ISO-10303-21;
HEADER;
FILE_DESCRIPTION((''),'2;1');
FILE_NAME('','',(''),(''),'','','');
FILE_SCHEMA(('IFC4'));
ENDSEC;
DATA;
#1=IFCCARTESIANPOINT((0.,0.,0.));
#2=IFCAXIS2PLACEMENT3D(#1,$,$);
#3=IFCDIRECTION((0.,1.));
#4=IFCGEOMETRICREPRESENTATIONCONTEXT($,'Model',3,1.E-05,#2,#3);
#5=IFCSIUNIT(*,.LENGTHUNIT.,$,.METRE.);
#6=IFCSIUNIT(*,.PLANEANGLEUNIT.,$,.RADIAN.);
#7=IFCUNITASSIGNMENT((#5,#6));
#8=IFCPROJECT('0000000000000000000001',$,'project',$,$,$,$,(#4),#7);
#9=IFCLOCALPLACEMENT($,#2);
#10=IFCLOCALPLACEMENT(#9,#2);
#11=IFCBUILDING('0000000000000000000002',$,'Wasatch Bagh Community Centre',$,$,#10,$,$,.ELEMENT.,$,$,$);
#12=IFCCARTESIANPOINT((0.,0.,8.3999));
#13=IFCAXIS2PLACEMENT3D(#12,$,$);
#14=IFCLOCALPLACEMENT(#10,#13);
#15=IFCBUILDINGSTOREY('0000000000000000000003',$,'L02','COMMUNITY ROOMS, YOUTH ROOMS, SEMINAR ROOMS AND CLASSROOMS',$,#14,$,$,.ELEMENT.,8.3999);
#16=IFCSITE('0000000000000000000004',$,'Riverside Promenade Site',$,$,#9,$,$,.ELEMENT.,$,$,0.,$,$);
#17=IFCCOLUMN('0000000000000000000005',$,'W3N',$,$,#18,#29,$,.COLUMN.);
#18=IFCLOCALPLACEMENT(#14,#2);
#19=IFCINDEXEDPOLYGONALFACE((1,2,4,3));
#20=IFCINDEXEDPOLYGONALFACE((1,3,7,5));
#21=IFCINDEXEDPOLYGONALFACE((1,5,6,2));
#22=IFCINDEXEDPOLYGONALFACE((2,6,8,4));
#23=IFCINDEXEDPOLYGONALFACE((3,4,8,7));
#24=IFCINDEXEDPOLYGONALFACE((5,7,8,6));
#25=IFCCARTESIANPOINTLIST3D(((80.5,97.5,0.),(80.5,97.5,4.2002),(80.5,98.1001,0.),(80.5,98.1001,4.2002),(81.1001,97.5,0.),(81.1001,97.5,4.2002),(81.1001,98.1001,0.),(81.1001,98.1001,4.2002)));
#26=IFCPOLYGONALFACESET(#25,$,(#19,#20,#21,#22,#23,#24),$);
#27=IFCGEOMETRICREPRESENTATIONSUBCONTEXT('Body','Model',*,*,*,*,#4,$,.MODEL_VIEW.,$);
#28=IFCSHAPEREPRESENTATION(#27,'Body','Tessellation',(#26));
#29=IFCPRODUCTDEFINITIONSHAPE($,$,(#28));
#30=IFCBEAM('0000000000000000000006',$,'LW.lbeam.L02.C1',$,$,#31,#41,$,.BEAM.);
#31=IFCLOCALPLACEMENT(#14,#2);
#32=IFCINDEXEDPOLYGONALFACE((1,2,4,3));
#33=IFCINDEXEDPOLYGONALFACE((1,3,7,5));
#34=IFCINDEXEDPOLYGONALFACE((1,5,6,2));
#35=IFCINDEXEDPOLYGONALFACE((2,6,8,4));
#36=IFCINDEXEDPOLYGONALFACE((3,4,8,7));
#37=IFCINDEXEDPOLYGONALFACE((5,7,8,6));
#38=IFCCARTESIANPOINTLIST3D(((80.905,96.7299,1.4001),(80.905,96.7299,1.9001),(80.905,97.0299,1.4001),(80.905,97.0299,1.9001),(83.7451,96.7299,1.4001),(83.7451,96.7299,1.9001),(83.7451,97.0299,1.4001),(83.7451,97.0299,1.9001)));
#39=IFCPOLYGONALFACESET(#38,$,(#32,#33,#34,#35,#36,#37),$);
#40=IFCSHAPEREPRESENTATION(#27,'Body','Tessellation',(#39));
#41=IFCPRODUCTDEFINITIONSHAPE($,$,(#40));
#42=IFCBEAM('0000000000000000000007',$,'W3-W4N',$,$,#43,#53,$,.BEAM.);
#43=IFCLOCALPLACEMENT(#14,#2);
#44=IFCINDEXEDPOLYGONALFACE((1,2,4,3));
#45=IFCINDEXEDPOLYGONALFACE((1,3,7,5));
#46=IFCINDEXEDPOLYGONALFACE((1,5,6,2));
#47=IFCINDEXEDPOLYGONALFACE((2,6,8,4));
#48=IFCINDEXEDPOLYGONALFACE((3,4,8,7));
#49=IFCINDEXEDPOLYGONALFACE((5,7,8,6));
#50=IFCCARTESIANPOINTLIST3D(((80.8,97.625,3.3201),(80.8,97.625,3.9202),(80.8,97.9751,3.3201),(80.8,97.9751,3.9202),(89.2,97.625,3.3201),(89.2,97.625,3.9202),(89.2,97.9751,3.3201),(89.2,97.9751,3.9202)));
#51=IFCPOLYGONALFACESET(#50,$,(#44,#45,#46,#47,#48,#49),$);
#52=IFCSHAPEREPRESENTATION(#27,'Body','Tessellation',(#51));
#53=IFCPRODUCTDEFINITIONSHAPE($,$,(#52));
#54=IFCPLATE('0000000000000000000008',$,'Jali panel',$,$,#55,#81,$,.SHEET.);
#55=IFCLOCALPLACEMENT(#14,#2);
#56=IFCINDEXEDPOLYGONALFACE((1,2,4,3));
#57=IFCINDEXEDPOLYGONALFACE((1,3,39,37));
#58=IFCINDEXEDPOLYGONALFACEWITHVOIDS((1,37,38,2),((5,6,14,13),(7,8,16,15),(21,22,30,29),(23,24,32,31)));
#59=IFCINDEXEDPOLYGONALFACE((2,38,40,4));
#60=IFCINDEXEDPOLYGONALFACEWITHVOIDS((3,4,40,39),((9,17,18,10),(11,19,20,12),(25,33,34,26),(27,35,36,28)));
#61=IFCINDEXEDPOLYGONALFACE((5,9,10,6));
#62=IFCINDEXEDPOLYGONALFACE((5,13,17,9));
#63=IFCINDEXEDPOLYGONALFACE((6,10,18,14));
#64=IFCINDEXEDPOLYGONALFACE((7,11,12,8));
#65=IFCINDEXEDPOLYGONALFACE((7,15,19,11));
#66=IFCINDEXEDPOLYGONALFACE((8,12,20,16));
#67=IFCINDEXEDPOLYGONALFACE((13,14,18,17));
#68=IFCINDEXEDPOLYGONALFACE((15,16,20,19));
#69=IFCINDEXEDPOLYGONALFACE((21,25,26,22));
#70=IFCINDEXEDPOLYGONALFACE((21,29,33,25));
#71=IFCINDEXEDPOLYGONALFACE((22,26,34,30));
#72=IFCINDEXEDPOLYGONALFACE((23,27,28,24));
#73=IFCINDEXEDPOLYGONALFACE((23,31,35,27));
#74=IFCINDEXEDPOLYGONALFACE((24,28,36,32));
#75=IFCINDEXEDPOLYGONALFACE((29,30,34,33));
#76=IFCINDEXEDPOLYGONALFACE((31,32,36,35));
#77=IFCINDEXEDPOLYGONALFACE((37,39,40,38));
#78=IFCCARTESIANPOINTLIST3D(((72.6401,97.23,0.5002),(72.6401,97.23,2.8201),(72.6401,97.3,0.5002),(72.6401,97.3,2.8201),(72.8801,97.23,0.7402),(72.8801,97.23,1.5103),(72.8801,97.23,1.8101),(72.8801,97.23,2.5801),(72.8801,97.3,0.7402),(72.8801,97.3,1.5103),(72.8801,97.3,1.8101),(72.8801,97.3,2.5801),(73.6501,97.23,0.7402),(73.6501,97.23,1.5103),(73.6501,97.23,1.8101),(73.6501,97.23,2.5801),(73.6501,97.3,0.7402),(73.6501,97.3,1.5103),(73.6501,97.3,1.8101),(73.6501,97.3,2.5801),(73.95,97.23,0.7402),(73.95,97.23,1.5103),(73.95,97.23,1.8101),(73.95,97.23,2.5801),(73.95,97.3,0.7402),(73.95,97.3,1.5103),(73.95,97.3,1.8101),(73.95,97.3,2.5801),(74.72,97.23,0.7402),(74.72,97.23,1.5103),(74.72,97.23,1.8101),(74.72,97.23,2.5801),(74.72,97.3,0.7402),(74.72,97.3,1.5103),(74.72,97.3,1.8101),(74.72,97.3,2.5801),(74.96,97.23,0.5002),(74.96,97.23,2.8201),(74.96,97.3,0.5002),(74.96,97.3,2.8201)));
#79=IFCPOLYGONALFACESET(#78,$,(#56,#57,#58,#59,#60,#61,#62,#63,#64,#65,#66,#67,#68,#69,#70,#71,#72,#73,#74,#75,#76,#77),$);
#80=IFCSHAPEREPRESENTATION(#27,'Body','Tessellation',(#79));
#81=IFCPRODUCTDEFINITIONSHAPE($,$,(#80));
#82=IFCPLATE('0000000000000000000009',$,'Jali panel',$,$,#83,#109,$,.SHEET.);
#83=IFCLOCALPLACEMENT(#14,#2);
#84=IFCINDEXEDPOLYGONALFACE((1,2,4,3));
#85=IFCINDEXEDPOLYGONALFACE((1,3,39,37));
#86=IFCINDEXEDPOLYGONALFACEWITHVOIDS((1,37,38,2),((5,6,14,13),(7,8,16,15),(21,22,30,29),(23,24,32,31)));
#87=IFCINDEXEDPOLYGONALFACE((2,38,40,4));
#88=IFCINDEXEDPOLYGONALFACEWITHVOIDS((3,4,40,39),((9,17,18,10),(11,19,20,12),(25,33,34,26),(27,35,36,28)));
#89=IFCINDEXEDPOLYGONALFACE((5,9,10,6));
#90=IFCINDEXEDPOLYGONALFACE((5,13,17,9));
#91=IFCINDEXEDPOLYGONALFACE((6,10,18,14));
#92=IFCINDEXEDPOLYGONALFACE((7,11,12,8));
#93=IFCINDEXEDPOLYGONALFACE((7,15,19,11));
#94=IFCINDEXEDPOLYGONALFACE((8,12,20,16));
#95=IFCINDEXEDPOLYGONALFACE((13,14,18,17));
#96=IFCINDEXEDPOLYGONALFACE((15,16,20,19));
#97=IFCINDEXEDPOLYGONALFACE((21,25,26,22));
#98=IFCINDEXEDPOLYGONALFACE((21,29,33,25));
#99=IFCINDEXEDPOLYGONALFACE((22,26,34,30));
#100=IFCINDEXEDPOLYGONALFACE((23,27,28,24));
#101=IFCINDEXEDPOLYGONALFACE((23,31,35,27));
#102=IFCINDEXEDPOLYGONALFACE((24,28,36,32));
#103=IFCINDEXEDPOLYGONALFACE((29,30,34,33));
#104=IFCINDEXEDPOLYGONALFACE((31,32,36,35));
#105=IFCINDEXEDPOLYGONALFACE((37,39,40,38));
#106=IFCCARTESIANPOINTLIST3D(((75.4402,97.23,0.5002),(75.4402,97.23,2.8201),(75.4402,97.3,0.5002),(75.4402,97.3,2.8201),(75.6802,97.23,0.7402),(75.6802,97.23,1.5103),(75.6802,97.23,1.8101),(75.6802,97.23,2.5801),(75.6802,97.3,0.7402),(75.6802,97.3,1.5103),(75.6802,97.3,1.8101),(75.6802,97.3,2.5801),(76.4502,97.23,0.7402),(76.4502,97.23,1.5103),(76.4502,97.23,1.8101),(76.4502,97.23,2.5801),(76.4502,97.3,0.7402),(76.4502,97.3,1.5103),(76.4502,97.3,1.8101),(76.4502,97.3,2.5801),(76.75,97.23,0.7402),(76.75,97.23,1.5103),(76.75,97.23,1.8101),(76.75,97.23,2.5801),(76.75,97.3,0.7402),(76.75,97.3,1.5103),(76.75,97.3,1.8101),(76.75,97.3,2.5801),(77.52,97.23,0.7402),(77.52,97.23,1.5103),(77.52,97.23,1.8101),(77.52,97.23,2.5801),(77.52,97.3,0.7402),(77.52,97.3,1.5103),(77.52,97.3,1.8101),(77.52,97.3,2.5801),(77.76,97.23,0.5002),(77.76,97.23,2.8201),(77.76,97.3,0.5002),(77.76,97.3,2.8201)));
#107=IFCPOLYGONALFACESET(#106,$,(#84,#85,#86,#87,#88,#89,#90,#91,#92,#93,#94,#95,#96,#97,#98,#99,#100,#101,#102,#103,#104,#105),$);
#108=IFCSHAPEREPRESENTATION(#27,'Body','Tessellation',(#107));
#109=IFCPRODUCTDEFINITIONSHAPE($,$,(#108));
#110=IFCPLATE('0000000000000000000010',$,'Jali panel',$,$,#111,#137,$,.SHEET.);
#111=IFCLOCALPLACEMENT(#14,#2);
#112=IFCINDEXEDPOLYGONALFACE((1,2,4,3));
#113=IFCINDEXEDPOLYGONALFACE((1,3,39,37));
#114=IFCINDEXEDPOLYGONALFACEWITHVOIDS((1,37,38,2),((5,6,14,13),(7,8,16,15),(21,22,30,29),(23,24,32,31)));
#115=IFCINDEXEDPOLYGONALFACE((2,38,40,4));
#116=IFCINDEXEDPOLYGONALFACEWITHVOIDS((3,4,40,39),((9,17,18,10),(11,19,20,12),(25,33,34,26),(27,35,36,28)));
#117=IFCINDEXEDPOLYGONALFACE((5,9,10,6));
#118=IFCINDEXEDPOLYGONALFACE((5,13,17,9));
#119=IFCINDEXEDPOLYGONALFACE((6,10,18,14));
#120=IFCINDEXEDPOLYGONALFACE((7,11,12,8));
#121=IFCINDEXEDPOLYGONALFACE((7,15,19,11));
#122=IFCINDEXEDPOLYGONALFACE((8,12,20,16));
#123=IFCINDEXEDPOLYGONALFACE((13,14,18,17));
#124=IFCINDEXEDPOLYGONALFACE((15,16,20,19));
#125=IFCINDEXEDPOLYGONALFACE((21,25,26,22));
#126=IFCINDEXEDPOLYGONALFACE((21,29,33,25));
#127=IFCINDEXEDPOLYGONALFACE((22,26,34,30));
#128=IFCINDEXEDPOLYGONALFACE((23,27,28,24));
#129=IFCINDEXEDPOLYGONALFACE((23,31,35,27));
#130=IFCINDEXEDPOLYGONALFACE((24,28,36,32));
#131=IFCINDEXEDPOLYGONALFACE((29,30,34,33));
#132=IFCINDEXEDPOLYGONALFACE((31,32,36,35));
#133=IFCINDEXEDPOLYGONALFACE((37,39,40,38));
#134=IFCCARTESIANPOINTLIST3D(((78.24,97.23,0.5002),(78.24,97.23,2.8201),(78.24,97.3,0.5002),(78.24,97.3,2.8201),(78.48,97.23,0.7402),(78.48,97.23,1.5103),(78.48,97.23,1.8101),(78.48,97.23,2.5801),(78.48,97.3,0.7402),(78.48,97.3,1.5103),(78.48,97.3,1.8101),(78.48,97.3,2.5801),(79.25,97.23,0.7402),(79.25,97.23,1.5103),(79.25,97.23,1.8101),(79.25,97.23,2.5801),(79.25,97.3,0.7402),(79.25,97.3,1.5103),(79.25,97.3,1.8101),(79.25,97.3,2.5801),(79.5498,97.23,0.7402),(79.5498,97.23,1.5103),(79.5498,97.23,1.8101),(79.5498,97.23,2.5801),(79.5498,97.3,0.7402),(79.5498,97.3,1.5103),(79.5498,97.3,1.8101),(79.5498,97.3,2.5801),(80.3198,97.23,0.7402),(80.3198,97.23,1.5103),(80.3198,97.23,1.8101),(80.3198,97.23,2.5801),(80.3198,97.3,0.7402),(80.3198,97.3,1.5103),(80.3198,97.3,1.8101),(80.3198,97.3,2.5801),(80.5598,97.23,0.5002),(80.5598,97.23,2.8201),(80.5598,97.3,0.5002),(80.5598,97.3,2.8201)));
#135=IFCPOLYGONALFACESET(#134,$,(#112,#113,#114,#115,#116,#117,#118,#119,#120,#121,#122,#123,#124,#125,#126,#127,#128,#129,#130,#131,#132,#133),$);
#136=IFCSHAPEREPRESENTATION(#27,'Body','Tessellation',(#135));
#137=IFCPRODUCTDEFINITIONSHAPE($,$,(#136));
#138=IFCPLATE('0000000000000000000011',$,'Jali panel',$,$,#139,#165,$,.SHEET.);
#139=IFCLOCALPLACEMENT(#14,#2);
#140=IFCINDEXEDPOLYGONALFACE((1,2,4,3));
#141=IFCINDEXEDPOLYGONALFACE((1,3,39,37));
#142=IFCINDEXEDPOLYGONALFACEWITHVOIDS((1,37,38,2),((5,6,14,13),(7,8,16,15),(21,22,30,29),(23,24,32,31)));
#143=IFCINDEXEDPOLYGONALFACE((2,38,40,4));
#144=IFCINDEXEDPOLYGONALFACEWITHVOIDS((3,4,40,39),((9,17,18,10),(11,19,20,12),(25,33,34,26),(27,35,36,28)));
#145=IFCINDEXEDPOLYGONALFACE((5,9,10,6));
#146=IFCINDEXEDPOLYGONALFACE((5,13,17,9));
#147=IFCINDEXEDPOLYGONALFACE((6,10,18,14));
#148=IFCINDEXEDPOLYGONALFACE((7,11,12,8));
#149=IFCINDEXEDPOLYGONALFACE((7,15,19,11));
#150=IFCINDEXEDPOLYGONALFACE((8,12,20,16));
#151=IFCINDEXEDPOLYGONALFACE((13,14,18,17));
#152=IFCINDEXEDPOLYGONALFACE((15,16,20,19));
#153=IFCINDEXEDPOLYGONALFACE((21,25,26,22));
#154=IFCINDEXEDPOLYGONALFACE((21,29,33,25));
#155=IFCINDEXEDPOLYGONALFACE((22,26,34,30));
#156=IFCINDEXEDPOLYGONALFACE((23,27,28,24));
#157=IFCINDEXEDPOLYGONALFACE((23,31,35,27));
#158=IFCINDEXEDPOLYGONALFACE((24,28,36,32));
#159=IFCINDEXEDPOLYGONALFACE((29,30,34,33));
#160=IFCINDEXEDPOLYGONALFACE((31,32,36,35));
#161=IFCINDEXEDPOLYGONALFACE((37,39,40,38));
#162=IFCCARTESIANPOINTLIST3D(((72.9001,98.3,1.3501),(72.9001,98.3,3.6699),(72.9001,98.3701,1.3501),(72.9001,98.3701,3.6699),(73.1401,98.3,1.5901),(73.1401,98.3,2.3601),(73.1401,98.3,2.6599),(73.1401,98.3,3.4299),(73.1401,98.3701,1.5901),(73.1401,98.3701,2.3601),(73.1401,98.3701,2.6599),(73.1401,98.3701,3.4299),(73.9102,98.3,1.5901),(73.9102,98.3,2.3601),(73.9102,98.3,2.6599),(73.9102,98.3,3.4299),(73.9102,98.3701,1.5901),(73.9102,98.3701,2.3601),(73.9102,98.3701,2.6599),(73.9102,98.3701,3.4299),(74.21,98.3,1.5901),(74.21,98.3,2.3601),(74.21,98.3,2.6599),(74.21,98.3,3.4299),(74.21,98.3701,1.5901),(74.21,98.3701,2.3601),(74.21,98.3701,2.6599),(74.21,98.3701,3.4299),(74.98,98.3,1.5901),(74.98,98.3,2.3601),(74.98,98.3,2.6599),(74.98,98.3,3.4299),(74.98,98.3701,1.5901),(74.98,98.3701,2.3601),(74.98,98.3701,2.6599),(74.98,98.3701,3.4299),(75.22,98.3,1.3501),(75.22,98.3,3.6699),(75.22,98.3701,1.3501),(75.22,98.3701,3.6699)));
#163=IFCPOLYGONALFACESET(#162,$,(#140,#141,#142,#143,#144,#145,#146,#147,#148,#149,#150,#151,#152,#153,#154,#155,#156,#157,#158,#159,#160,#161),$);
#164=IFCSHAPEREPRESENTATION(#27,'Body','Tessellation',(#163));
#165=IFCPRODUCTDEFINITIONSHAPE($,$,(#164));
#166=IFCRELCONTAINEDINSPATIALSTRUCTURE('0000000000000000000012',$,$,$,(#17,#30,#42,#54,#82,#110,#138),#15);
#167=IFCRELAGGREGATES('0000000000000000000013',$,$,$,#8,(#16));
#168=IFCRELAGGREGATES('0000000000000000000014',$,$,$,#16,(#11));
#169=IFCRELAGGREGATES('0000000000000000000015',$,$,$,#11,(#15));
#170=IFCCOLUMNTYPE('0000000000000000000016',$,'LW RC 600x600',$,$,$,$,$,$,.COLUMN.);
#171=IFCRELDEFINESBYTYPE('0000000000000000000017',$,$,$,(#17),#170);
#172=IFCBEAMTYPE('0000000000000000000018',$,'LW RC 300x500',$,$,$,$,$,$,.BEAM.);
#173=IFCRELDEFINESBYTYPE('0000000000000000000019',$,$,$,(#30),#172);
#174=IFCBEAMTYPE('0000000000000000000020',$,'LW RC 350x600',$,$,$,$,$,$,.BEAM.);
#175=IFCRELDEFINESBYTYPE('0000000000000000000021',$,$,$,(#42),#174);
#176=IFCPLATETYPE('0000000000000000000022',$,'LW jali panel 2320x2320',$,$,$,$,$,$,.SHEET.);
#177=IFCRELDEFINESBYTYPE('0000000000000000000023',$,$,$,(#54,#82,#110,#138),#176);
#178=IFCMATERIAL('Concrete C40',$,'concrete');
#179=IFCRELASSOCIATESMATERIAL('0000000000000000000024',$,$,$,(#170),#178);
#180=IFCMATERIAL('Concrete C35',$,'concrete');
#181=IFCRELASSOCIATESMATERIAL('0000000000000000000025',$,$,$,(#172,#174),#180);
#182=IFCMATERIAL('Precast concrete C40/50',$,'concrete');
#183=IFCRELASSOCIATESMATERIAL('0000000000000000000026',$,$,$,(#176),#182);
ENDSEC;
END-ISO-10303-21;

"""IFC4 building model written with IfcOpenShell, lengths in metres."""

from ifc_helpers import new_model, si_unit, direction, frame, origin, origin_2d, place, context, subcontext, project, spatial, polyline, rectangle, outline, extrude, material, material_profile, profile_set, type_object, element, save


model = new_model("IFC4")

# Units and contexts
model_context = context("Model", 3, precision=1e-05, world=origin(), true_north=direction((0.0, 1.0)))
body_context = subcontext(model_context, "Body", "Model", "MODEL_VIEW")
ifc_project = project(units=[si_unit("LENGTHUNIT", "METRE"), si_unit("PLANEANGLEUNIT", "RADIAN")], contexts=[model_context])

# Site, building, storey
site_placement = place(None, origin())
site = spatial("IfcSite", under=ifc_project, at=site_placement, Name="Riverside Promenade Site", CompositionType="ELEMENT", RefElevation=0.0)
building_placement = place(site_placement, origin())
building = spatial("IfcBuilding", under=site, at=building_placement, Name="Wasatch Bagh Community Centre", CompositionType="ELEMENT")
storey_placement = place(building_placement, frame((0.0, 0.0, 8.3999)))
storey = spatial("IfcBuildingStorey", under=building, at=storey_placement, Name="L02", Description="COMMUNITY ROOMS, YOUTH ROOMS, SEMINAR ROOMS AND CLASSROOMS", CompositionType="ELEMENT", Elevation=8.3999)

# Column
ifc_material_1 = material(Name="Concrete C40", Category="concrete")
ifc_material_profile_1 = material_profile(ifc_material_1, rectangle(XDim=0.6001, YDim=0.6001, at=origin_2d()), Name="RC 600x600")
ifc_profile_set_1 = profile_set([ifc_material_profile_1], Name="Concrete C40")
column_type = type_object("IfcColumnType", Name="LW RC 600x600", PredefinedType="COLUMN", material=ifc_profile_set_1)
column_placement = place(storey_placement, frame((80.8, 97.8, 0.0), z_axis=(0.0, 0.0, 1.0), x_axis=(1.0, 0.0, 0.0)))
element("IfcColumn", 1, at=column_placement, inside=storey, type_object=column_type, Name="W3N", PredefinedType="COLUMN", context=body_context, shape_type="SweptSolid", body=[
    extrude(rectangle(XDim=0.6001, YDim=0.6001, at=origin_2d()), origin(), (0.0, 0.0, 1.0), 4.2002),
])

# Beams
ifc_material_2 = material(Name="Concrete C35", Category="concrete")
ifc_material_profile_2 = material_profile(ifc_material_2, rectangle(XDim=0.3, YDim=0.5, at=origin_2d()), Name="RC 300x500")
ifc_profile_set_2 = profile_set([ifc_material_profile_2], Name="Concrete C35")
beam_type_1 = type_object("IfcBeamType", Name="LW RC 300x500", PredefinedType="BEAM", material=ifc_profile_set_2)
beam_1_placement = place(storey_placement, frame((80.905, 96.8799, 1.6501), z_axis=(1.0, 0.0, 0.0), x_axis=(0.0, 1.0, 0.0)))
element("IfcBeam", 2, at=beam_1_placement, inside=storey, type_object=beam_type_1, Name="LW.lbeam.L02.C1", PredefinedType="BEAM", context=body_context, shape_type="SweptSolid", body=[
    extrude(rectangle(XDim=0.3, YDim=0.5, at=origin_2d()), origin(), (0.0, 0.0, 1.0), 2.8401),
])
ifc_material_profile_3 = material_profile(ifc_material_2, rectangle(XDim=0.3501, YDim=0.6001, at=origin_2d()), Name="RC 350x600")
ifc_profile_set_3 = profile_set([ifc_material_profile_3], Name="Concrete C35")
beam_type_2 = type_object("IfcBeamType", Name="LW RC 350x600", PredefinedType="BEAM", material=ifc_profile_set_3)
beam_2_placement = place(storey_placement, frame((80.8, 97.8, 3.6201), z_axis=(1.0, 0.0, 0.0), x_axis=(0.0, 1.0, 0.0)))
element("IfcBeam", 3, at=beam_2_placement, inside=storey, type_object=beam_type_2, Name="W3-W4N", PredefinedType="BEAM", context=body_context, shape_type="SweptSolid", body=[
    extrude(rectangle(XDim=0.3501, YDim=0.6001, at=origin_2d()), origin(), (0.0, 0.0, 1.0), 8.3999),
])

# Plates
ifc_material_3 = material(Name="Precast concrete C40/50", Category="concrete")
ifc_material_profile_4 = material_profile(ifc_material_3, outline(polyline([(-1.1599, -1.1599), (1.1599, -1.1599), (1.1599, 1.1599), (-1.1599, 1.1599), (-1.1599, -1.1599)]), holes=[polyline([(-0.9199, -0.9199), (-0.1499, -0.9199), (-0.1499, -0.1499), (-0.9199, -0.1499), (-0.9199, -0.9199)]), polyline([(-0.9199, 0.1499), (-0.1499, 0.1499), (-0.1499, 0.9199), (-0.9199, 0.9199), (-0.9199, 0.1499)]), polyline([(0.1499, -0.9199), (0.9199, -0.9199), (0.9199, -0.1499), (0.1499, -0.1499), (0.1499, -0.9199)]), polyline([(0.1499, 0.1499), (0.9199, 0.1499), (0.9199, 0.9199), (0.1499, 0.9199), (0.1499, 0.1499)])]), Name="Jali lattice")
ifc_profile_set_4 = profile_set([ifc_material_profile_4], Name="Precast concrete C40/50")
plate_type = type_object("IfcPlateType", Name="LW jali panel 2320x2320", PredefinedType="SHEET", material=ifc_profile_set_4)
for number, where, z_axis, x_axis, name in (
    (4, (73.8, 97.3, 1.6602), (0.0, -1.0, 0.0), (1.0, 0.0, 0.0), "Jali panel"),
    (5, (76.6001, 97.3, 1.6602), (0.0, -1.0, 0.0), (1.0, 0.0, 0.0), "Jali panel"),
    (6, (79.3999, 97.3, 1.6602), (0.0, -1.0, 0.0), (1.0, 0.0, 0.0), "Jali panel"),
    (7, (74.0601, 98.3, 2.51), (0.0, 1.0, 0.0), (-1.0, 0.0, 0.0), "Jali panel"),
):
    element("IfcPlate", number, at=place(storey_placement, frame(where, z_axis=z_axis, x_axis=x_axis)), inside=storey, type_object=plate_type, Name=name, PredefinedType="SHEET", context=body_context, shape_type="SweptSolid", body=[
        extrude(outline(polyline([(-1.1599, -1.1599), (1.1599, -1.1599), (1.1599, 1.1599), (-1.1599, 1.1599), (-1.1599, -1.1599)]), holes=[polyline([(-0.9199, -0.9199), (-0.1499, -0.9199), (-0.1499, -0.1499), (-0.9199, -0.1499), (-0.9199, -0.9199)]), polyline([(-0.9199, 0.1499), (-0.1499, 0.1499), (-0.1499, 0.9199), (-0.9199, 0.9199), (-0.9199, 0.1499)]), polyline([(0.1499, -0.9199), (0.9199, -0.9199), (0.9199, -0.1499), (0.1499, -0.1499), (0.1499, -0.9199)]), polyline([(0.1499, 0.1499), (0.9199, 0.1499), (0.9199, 0.9199), (0.1499, 0.9199), (0.1499, 0.1499)])]), origin(), (0.0, 0.0, 1.0), 0.0701),
    ])

save(model, "model.ifc")
